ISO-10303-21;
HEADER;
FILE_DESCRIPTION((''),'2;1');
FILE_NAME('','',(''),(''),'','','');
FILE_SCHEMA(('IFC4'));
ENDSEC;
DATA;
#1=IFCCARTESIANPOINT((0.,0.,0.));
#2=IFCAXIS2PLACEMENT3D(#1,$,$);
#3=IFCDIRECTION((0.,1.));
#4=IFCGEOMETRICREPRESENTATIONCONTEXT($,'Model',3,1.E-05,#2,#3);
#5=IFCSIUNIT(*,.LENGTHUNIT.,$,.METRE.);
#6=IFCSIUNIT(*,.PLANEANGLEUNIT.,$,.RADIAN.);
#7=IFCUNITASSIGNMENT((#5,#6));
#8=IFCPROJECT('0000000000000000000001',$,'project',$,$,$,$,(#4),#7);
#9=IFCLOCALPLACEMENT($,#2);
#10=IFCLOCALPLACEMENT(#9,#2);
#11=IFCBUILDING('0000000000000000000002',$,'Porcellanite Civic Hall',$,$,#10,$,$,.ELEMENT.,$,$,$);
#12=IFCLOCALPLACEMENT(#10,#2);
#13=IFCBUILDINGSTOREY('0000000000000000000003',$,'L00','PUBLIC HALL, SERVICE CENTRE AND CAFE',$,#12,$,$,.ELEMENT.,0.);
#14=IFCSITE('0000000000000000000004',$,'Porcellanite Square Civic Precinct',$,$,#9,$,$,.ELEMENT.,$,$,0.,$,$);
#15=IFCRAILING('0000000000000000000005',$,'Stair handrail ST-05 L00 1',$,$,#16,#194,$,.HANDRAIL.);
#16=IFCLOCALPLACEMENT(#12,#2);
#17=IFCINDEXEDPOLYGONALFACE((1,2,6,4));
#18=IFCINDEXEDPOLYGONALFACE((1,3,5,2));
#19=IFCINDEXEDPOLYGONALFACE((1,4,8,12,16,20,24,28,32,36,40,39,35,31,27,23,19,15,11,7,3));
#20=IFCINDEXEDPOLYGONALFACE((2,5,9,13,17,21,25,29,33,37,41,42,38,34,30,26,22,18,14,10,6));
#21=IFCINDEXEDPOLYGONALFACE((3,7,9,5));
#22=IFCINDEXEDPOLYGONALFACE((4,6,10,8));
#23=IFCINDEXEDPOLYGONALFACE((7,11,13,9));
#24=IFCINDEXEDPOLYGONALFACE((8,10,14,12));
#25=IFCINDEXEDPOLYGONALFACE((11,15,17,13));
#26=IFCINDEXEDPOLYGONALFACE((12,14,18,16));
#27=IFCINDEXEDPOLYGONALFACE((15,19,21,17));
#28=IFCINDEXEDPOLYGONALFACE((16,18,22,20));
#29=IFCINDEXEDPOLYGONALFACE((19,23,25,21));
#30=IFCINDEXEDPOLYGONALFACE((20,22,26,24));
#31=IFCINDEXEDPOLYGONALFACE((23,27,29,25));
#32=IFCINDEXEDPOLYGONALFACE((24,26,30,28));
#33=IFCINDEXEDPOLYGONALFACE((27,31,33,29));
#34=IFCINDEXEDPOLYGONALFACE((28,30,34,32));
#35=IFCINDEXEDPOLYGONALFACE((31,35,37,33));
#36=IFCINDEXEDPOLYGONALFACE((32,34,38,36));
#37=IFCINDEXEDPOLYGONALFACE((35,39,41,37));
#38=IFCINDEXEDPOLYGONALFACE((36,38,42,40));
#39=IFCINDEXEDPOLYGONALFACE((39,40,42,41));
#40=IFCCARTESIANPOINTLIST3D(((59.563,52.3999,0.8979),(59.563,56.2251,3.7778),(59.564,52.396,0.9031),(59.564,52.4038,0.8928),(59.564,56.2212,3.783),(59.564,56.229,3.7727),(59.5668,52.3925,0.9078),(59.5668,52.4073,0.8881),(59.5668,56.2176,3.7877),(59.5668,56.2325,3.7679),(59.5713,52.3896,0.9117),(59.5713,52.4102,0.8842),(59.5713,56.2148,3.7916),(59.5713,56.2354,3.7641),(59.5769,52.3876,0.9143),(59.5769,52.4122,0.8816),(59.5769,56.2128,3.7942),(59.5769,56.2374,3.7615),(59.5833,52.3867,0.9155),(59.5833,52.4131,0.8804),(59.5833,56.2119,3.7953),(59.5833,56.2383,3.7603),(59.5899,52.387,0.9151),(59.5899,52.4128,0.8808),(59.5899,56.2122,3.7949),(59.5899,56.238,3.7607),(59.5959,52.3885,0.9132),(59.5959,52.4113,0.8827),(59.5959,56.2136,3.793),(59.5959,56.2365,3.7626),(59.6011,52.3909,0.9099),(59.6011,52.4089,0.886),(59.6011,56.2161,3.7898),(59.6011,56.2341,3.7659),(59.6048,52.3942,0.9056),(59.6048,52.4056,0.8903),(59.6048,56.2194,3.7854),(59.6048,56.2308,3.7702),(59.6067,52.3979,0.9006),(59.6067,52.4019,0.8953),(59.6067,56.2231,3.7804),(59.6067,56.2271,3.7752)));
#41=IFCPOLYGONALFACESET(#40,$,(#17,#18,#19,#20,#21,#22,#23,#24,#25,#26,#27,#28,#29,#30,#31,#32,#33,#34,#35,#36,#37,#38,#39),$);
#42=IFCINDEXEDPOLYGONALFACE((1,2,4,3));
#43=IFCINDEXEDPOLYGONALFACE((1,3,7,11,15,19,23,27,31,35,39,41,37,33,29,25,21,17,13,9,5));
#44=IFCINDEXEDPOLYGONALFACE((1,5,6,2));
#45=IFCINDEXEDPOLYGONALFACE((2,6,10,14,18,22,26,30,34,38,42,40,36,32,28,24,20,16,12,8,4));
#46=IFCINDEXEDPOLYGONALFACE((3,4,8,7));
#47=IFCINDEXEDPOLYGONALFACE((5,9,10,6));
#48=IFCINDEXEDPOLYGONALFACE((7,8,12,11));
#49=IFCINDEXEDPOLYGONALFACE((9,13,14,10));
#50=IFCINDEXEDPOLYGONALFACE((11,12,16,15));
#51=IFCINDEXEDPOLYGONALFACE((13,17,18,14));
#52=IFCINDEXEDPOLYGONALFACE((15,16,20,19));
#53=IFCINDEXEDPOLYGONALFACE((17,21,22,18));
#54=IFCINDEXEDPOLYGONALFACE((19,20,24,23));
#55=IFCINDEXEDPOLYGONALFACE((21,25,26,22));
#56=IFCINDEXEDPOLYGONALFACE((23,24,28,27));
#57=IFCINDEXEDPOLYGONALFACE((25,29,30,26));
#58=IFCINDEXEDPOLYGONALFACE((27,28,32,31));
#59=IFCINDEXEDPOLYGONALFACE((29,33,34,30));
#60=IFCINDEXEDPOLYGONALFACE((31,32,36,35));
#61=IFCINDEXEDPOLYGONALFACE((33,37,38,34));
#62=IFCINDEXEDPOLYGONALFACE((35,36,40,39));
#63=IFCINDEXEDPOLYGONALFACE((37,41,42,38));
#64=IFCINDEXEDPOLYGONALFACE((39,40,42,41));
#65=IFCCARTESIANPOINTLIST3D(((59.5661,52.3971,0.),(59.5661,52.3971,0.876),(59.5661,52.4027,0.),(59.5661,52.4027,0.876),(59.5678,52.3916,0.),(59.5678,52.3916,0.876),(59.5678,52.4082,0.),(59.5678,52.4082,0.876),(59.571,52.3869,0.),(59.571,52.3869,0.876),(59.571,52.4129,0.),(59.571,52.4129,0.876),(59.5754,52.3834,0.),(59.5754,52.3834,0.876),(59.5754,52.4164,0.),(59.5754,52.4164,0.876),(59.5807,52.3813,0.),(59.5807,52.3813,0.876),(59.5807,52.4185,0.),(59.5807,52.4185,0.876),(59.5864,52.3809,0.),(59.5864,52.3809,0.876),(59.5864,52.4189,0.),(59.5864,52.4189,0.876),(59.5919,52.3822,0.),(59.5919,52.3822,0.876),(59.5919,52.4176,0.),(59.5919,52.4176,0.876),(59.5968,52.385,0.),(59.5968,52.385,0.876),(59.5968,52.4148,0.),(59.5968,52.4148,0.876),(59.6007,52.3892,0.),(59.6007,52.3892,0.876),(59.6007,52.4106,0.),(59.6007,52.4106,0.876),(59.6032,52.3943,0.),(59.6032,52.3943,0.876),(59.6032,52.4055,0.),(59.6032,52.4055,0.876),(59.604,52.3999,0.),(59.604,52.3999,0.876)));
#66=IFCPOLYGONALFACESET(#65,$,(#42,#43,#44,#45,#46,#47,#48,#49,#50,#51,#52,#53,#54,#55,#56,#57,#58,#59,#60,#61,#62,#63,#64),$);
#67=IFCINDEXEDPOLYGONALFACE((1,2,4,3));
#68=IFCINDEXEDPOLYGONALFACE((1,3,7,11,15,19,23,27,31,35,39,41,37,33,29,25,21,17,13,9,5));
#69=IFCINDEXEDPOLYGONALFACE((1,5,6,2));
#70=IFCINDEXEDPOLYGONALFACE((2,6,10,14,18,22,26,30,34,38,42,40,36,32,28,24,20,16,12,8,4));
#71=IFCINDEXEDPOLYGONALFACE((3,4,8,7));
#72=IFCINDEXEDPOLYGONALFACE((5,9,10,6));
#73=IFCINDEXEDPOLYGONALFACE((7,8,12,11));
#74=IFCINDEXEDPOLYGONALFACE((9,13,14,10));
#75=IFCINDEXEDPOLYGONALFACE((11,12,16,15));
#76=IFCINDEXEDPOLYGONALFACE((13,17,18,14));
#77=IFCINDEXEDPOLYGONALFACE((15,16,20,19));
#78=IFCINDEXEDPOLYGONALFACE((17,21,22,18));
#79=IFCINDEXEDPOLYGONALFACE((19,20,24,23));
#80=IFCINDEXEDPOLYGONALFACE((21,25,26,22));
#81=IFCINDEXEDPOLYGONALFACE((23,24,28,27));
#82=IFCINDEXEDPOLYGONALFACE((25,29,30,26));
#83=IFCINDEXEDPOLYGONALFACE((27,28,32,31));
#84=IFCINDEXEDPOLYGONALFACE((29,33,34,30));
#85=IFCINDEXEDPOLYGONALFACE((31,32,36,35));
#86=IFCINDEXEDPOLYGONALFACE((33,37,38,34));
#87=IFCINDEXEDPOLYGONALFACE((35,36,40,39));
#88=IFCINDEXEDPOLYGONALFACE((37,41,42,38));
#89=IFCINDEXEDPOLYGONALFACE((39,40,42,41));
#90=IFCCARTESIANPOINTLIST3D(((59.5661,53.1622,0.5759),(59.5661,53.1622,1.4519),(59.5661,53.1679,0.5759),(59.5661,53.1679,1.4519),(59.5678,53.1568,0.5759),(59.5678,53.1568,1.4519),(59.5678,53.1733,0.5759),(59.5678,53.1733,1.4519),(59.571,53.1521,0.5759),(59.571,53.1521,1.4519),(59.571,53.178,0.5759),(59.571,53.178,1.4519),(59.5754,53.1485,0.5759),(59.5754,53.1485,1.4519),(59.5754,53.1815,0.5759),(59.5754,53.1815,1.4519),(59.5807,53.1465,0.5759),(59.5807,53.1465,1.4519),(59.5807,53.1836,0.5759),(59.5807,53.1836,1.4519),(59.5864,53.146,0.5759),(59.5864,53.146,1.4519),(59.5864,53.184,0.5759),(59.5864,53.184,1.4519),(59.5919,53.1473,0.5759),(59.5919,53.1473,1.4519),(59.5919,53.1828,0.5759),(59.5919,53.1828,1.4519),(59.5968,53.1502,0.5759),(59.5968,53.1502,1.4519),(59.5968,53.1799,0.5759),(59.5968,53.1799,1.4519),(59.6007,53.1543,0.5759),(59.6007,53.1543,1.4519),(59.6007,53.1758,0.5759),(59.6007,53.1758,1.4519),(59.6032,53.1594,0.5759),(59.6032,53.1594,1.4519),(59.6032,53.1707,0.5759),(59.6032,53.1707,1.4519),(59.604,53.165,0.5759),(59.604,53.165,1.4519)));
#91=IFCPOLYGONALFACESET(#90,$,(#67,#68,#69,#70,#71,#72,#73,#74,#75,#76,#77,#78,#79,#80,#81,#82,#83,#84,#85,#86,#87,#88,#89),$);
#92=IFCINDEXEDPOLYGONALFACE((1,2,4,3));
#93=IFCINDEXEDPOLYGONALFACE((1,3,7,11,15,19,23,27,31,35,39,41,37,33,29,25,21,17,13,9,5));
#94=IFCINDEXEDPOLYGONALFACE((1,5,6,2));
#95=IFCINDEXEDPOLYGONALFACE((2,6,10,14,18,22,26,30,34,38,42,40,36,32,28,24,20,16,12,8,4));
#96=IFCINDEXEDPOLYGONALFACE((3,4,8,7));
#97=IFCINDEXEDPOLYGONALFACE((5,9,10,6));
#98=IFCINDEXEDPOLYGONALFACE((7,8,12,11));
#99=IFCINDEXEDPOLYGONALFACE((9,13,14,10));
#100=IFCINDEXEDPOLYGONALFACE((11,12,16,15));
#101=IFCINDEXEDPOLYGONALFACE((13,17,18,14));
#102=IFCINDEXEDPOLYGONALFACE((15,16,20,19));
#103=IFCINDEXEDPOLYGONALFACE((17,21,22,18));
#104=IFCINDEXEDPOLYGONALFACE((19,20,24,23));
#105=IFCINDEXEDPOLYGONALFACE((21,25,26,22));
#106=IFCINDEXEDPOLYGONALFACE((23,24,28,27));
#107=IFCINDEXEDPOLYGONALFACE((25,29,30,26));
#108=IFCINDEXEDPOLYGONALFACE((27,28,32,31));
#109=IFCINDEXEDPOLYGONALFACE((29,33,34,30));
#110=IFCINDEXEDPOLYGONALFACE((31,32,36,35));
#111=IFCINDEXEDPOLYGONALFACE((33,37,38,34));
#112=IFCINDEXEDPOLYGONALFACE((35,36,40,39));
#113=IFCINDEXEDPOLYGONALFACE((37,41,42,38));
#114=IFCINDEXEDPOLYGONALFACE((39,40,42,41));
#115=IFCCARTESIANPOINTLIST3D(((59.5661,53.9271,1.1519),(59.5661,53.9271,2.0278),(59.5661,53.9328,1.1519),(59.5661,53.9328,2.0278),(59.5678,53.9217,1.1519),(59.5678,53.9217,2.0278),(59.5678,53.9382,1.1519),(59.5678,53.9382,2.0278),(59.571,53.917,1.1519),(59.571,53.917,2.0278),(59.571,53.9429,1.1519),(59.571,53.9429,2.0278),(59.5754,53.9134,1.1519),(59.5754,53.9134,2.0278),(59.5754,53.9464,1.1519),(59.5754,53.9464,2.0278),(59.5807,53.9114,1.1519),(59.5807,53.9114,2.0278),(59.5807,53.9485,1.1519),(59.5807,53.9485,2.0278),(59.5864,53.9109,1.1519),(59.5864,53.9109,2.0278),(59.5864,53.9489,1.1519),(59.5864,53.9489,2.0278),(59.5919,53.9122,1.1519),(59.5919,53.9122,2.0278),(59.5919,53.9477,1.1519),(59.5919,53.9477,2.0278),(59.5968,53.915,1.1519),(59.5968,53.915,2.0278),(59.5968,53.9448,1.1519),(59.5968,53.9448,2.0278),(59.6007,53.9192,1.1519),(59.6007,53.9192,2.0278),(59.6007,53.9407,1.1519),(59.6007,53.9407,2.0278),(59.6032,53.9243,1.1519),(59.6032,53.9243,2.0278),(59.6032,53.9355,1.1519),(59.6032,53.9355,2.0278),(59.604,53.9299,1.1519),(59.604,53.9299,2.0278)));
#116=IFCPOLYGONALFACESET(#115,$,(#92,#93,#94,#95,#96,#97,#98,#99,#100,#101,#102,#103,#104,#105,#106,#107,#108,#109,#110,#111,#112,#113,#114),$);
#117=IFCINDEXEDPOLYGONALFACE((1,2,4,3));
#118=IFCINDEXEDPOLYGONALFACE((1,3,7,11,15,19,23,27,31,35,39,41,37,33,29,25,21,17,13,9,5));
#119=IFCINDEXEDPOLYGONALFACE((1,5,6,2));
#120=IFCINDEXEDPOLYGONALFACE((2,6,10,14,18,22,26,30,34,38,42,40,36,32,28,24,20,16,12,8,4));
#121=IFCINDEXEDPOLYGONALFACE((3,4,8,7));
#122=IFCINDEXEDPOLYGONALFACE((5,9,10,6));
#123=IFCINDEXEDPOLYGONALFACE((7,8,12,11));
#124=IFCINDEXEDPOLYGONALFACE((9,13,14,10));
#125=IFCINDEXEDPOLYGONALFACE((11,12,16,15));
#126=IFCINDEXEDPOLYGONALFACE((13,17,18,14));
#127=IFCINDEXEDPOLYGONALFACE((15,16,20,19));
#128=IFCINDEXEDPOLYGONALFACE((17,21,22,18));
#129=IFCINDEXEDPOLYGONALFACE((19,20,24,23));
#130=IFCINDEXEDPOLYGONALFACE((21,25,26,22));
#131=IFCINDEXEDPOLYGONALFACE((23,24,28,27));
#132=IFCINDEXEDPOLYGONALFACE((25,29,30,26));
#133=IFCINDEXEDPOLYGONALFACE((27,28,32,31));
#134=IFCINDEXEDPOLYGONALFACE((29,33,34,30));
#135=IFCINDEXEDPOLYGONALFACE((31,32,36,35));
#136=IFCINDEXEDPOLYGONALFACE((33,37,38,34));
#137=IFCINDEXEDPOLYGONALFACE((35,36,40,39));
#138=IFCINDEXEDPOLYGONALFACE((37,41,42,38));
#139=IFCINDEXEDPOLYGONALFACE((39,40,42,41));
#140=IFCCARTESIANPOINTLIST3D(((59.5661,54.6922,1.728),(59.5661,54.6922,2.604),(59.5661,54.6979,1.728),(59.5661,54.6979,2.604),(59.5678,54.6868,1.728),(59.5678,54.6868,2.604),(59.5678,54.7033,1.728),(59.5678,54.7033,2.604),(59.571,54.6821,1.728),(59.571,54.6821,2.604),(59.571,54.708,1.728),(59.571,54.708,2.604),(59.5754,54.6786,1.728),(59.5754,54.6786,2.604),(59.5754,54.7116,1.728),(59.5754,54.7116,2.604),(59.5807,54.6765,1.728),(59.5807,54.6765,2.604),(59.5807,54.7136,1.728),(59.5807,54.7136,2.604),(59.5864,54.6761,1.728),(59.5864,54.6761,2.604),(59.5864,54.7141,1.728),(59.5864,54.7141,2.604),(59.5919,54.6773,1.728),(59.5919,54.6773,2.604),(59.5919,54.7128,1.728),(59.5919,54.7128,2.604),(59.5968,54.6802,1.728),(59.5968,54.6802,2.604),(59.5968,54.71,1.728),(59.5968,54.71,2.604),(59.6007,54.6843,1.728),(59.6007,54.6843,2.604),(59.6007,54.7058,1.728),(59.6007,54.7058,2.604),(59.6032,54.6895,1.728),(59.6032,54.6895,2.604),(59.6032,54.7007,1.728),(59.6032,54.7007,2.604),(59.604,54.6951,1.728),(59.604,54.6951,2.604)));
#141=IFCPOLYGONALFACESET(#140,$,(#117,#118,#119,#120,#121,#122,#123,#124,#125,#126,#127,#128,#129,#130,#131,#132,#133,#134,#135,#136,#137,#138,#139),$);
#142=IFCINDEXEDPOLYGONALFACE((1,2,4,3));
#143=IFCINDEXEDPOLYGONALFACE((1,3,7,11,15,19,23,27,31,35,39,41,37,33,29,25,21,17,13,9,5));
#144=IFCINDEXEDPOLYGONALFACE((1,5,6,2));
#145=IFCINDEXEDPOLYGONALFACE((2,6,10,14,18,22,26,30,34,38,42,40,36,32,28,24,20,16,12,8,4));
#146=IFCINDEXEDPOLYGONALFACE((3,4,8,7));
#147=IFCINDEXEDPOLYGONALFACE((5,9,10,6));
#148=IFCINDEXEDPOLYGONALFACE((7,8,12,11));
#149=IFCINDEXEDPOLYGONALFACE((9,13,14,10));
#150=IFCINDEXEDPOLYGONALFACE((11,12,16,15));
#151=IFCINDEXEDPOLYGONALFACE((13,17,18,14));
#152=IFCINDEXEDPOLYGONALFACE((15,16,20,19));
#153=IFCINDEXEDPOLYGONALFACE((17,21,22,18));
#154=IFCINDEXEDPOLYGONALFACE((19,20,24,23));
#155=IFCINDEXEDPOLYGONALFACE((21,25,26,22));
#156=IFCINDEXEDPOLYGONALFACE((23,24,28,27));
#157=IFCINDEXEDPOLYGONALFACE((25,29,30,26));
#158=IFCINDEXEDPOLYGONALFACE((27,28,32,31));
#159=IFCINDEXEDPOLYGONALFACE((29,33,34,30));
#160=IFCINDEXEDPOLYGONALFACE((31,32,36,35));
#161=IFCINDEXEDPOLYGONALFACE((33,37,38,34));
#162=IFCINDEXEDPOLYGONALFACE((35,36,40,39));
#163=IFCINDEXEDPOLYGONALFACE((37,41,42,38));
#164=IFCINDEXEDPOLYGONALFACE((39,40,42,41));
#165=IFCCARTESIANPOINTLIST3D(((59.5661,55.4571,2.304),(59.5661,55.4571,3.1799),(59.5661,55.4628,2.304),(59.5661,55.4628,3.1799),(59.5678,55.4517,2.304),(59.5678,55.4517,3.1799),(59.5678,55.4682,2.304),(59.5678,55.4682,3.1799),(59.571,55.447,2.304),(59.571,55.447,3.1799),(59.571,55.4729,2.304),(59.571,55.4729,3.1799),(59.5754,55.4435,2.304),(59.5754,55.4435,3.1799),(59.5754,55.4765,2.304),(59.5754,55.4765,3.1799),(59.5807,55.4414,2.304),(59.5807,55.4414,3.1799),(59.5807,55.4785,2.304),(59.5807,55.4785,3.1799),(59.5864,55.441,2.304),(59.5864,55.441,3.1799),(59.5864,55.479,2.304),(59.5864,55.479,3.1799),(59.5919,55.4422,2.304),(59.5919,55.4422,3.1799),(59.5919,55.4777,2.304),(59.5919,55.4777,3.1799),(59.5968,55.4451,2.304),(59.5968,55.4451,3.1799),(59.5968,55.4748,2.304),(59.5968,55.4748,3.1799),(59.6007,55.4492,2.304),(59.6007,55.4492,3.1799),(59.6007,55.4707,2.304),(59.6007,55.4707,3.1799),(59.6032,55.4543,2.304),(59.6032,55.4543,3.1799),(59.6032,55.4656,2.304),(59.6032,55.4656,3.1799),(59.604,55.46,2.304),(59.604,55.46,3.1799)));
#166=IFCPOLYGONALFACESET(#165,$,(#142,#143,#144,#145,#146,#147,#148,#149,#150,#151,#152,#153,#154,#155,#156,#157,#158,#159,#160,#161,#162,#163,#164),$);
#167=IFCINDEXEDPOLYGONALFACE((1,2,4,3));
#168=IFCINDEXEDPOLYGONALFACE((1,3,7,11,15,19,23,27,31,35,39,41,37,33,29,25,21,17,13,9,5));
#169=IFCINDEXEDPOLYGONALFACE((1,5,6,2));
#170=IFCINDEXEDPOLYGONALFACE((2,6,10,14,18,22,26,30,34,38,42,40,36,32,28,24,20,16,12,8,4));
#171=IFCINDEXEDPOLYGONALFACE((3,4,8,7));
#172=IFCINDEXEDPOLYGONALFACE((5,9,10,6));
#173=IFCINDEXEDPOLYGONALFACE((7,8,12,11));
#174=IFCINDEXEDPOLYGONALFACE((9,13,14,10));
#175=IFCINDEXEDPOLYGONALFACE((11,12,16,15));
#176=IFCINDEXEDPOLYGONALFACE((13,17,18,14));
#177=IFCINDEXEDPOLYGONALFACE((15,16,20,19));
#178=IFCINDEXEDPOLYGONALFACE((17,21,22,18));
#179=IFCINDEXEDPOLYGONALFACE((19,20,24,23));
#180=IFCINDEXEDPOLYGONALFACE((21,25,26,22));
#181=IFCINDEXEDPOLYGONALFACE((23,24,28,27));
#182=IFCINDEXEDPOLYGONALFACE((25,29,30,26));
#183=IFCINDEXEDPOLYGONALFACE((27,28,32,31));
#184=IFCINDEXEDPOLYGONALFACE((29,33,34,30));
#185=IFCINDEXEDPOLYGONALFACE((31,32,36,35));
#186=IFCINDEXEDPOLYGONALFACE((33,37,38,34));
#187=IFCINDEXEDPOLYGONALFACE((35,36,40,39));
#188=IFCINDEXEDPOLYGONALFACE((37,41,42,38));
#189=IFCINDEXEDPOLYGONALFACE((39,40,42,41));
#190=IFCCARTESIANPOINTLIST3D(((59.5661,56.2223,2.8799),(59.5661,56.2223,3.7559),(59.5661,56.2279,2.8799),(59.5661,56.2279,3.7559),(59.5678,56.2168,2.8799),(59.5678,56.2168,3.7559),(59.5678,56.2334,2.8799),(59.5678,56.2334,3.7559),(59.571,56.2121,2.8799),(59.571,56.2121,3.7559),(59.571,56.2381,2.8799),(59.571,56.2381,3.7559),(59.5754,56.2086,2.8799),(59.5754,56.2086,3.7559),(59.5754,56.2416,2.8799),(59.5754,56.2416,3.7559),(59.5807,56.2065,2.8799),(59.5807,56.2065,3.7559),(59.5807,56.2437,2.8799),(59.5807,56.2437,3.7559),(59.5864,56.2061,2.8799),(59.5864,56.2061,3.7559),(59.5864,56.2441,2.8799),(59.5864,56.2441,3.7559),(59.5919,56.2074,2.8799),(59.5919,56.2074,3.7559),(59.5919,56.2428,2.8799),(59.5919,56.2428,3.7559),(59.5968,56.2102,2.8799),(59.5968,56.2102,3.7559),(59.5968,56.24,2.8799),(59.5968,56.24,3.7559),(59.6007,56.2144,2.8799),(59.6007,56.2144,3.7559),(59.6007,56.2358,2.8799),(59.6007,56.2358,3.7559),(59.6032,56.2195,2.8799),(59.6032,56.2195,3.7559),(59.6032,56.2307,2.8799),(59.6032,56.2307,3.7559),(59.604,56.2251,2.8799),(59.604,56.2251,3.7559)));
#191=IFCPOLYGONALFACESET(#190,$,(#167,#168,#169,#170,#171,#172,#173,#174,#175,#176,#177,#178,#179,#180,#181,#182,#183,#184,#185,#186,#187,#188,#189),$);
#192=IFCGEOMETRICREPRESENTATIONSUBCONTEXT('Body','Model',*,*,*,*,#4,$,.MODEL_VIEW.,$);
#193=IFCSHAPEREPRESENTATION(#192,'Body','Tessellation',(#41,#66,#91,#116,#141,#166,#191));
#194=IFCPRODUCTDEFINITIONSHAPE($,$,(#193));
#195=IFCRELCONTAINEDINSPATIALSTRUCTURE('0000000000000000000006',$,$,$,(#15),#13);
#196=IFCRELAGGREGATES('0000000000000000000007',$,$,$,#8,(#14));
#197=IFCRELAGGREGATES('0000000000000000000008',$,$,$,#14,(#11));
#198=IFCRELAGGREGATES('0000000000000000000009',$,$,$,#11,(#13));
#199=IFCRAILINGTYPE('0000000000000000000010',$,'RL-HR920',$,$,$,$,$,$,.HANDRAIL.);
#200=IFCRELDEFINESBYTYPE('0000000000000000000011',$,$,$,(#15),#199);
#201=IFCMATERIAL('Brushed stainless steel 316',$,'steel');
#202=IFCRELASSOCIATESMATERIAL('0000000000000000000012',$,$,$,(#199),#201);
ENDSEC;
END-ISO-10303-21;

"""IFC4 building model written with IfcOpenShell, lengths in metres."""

from ifc_helpers import new_model, si_unit, direction, frame, origin, origin_2d, place, context, subcontext, project, spatial, circle, extrude, material, type_object, element, save


model = new_model("IFC4")

# Units and contexts
model_context = context("Model", 3, precision=1e-05, world=origin(), true_north=direction((0.0, 1.0)))
body_context = subcontext(model_context, "Body", "Model", "MODEL_VIEW")
ifc_project = project(units=[si_unit("LENGTHUNIT", "METRE"), si_unit("PLANEANGLEUNIT", "RADIAN")], contexts=[model_context])

# Site, building, storey
site_placement = place(None, origin())
site = spatial("IfcSite", under=ifc_project, at=site_placement, Name="Porcellanite Square Civic Precinct", CompositionType="ELEMENT", RefElevation=0.0)
building_placement = place(site_placement, origin())
building = spatial("IfcBuilding", under=site, at=building_placement, Name="Porcellanite Civic Hall", CompositionType="ELEMENT")
storey_placement = place(building_placement, origin())
storey = spatial("IfcBuildingStorey", under=building, at=storey_placement, Name="L00", Description="PUBLIC HALL, SERVICE CENTRE AND CAFE", CompositionType="ELEMENT", Elevation=0.0)

# Railing
ifc_material_1 = material(Name="Brushed stainless steel 316", Category="steel")
railing_type_1 = type_object("IfcRailingType", Name="RL-HR920", PredefinedType="HANDRAIL", material=ifc_material_1)
railing_1_placement = place(storey_placement, frame((59.585, 52.3999, 0.0)))
element("IfcRailing", 1, at=railing_1_placement, inside=storey, type_object=railing_type_1, Name="Stair handrail ST-05 L00 1", PredefinedType="HANDRAIL", context=body_context, shape_type="SweptSolid", body=[
    extrude(circle(Radius=0.022, at=origin_2d()), frame((0.0, 0.0, 0.8979), z_axis=(0.0, 0.798897, 0.601467), x_axis=(-1.0, 0.0, 0.0)), (0.0, 0.0, 1.0), 4.7881),
    extrude(circle(Radius=0.019, at=origin_2d()), origin(), (0.0, 0.0, 1.0), 0.876),
    extrude(circle(Radius=0.019, at=origin_2d()), frame((0.0, 0.7651, 0.5759)), (0.0, 0.0, 1.0), 0.876),
    extrude(circle(Radius=0.019, at=origin_2d()), frame((0.0, 1.53, 1.1519)), (0.0, 0.0, 1.0), 0.876),
    extrude(circle(Radius=0.019, at=origin_2d()), frame((0.0, 2.2952, 1.728)), (0.0, 0.0, 1.0), 0.876),
    extrude(circle(Radius=0.019, at=origin_2d()), frame((0.0, 3.0601, 2.304)), (0.0, 0.0, 1.0), 0.876),
    extrude(circle(Radius=0.019, at=origin_2d()), frame((0.0, 3.8252, 2.8799)), (0.0, 0.0, 1.0), 0.876),
])

save(model, "model.ifc")
